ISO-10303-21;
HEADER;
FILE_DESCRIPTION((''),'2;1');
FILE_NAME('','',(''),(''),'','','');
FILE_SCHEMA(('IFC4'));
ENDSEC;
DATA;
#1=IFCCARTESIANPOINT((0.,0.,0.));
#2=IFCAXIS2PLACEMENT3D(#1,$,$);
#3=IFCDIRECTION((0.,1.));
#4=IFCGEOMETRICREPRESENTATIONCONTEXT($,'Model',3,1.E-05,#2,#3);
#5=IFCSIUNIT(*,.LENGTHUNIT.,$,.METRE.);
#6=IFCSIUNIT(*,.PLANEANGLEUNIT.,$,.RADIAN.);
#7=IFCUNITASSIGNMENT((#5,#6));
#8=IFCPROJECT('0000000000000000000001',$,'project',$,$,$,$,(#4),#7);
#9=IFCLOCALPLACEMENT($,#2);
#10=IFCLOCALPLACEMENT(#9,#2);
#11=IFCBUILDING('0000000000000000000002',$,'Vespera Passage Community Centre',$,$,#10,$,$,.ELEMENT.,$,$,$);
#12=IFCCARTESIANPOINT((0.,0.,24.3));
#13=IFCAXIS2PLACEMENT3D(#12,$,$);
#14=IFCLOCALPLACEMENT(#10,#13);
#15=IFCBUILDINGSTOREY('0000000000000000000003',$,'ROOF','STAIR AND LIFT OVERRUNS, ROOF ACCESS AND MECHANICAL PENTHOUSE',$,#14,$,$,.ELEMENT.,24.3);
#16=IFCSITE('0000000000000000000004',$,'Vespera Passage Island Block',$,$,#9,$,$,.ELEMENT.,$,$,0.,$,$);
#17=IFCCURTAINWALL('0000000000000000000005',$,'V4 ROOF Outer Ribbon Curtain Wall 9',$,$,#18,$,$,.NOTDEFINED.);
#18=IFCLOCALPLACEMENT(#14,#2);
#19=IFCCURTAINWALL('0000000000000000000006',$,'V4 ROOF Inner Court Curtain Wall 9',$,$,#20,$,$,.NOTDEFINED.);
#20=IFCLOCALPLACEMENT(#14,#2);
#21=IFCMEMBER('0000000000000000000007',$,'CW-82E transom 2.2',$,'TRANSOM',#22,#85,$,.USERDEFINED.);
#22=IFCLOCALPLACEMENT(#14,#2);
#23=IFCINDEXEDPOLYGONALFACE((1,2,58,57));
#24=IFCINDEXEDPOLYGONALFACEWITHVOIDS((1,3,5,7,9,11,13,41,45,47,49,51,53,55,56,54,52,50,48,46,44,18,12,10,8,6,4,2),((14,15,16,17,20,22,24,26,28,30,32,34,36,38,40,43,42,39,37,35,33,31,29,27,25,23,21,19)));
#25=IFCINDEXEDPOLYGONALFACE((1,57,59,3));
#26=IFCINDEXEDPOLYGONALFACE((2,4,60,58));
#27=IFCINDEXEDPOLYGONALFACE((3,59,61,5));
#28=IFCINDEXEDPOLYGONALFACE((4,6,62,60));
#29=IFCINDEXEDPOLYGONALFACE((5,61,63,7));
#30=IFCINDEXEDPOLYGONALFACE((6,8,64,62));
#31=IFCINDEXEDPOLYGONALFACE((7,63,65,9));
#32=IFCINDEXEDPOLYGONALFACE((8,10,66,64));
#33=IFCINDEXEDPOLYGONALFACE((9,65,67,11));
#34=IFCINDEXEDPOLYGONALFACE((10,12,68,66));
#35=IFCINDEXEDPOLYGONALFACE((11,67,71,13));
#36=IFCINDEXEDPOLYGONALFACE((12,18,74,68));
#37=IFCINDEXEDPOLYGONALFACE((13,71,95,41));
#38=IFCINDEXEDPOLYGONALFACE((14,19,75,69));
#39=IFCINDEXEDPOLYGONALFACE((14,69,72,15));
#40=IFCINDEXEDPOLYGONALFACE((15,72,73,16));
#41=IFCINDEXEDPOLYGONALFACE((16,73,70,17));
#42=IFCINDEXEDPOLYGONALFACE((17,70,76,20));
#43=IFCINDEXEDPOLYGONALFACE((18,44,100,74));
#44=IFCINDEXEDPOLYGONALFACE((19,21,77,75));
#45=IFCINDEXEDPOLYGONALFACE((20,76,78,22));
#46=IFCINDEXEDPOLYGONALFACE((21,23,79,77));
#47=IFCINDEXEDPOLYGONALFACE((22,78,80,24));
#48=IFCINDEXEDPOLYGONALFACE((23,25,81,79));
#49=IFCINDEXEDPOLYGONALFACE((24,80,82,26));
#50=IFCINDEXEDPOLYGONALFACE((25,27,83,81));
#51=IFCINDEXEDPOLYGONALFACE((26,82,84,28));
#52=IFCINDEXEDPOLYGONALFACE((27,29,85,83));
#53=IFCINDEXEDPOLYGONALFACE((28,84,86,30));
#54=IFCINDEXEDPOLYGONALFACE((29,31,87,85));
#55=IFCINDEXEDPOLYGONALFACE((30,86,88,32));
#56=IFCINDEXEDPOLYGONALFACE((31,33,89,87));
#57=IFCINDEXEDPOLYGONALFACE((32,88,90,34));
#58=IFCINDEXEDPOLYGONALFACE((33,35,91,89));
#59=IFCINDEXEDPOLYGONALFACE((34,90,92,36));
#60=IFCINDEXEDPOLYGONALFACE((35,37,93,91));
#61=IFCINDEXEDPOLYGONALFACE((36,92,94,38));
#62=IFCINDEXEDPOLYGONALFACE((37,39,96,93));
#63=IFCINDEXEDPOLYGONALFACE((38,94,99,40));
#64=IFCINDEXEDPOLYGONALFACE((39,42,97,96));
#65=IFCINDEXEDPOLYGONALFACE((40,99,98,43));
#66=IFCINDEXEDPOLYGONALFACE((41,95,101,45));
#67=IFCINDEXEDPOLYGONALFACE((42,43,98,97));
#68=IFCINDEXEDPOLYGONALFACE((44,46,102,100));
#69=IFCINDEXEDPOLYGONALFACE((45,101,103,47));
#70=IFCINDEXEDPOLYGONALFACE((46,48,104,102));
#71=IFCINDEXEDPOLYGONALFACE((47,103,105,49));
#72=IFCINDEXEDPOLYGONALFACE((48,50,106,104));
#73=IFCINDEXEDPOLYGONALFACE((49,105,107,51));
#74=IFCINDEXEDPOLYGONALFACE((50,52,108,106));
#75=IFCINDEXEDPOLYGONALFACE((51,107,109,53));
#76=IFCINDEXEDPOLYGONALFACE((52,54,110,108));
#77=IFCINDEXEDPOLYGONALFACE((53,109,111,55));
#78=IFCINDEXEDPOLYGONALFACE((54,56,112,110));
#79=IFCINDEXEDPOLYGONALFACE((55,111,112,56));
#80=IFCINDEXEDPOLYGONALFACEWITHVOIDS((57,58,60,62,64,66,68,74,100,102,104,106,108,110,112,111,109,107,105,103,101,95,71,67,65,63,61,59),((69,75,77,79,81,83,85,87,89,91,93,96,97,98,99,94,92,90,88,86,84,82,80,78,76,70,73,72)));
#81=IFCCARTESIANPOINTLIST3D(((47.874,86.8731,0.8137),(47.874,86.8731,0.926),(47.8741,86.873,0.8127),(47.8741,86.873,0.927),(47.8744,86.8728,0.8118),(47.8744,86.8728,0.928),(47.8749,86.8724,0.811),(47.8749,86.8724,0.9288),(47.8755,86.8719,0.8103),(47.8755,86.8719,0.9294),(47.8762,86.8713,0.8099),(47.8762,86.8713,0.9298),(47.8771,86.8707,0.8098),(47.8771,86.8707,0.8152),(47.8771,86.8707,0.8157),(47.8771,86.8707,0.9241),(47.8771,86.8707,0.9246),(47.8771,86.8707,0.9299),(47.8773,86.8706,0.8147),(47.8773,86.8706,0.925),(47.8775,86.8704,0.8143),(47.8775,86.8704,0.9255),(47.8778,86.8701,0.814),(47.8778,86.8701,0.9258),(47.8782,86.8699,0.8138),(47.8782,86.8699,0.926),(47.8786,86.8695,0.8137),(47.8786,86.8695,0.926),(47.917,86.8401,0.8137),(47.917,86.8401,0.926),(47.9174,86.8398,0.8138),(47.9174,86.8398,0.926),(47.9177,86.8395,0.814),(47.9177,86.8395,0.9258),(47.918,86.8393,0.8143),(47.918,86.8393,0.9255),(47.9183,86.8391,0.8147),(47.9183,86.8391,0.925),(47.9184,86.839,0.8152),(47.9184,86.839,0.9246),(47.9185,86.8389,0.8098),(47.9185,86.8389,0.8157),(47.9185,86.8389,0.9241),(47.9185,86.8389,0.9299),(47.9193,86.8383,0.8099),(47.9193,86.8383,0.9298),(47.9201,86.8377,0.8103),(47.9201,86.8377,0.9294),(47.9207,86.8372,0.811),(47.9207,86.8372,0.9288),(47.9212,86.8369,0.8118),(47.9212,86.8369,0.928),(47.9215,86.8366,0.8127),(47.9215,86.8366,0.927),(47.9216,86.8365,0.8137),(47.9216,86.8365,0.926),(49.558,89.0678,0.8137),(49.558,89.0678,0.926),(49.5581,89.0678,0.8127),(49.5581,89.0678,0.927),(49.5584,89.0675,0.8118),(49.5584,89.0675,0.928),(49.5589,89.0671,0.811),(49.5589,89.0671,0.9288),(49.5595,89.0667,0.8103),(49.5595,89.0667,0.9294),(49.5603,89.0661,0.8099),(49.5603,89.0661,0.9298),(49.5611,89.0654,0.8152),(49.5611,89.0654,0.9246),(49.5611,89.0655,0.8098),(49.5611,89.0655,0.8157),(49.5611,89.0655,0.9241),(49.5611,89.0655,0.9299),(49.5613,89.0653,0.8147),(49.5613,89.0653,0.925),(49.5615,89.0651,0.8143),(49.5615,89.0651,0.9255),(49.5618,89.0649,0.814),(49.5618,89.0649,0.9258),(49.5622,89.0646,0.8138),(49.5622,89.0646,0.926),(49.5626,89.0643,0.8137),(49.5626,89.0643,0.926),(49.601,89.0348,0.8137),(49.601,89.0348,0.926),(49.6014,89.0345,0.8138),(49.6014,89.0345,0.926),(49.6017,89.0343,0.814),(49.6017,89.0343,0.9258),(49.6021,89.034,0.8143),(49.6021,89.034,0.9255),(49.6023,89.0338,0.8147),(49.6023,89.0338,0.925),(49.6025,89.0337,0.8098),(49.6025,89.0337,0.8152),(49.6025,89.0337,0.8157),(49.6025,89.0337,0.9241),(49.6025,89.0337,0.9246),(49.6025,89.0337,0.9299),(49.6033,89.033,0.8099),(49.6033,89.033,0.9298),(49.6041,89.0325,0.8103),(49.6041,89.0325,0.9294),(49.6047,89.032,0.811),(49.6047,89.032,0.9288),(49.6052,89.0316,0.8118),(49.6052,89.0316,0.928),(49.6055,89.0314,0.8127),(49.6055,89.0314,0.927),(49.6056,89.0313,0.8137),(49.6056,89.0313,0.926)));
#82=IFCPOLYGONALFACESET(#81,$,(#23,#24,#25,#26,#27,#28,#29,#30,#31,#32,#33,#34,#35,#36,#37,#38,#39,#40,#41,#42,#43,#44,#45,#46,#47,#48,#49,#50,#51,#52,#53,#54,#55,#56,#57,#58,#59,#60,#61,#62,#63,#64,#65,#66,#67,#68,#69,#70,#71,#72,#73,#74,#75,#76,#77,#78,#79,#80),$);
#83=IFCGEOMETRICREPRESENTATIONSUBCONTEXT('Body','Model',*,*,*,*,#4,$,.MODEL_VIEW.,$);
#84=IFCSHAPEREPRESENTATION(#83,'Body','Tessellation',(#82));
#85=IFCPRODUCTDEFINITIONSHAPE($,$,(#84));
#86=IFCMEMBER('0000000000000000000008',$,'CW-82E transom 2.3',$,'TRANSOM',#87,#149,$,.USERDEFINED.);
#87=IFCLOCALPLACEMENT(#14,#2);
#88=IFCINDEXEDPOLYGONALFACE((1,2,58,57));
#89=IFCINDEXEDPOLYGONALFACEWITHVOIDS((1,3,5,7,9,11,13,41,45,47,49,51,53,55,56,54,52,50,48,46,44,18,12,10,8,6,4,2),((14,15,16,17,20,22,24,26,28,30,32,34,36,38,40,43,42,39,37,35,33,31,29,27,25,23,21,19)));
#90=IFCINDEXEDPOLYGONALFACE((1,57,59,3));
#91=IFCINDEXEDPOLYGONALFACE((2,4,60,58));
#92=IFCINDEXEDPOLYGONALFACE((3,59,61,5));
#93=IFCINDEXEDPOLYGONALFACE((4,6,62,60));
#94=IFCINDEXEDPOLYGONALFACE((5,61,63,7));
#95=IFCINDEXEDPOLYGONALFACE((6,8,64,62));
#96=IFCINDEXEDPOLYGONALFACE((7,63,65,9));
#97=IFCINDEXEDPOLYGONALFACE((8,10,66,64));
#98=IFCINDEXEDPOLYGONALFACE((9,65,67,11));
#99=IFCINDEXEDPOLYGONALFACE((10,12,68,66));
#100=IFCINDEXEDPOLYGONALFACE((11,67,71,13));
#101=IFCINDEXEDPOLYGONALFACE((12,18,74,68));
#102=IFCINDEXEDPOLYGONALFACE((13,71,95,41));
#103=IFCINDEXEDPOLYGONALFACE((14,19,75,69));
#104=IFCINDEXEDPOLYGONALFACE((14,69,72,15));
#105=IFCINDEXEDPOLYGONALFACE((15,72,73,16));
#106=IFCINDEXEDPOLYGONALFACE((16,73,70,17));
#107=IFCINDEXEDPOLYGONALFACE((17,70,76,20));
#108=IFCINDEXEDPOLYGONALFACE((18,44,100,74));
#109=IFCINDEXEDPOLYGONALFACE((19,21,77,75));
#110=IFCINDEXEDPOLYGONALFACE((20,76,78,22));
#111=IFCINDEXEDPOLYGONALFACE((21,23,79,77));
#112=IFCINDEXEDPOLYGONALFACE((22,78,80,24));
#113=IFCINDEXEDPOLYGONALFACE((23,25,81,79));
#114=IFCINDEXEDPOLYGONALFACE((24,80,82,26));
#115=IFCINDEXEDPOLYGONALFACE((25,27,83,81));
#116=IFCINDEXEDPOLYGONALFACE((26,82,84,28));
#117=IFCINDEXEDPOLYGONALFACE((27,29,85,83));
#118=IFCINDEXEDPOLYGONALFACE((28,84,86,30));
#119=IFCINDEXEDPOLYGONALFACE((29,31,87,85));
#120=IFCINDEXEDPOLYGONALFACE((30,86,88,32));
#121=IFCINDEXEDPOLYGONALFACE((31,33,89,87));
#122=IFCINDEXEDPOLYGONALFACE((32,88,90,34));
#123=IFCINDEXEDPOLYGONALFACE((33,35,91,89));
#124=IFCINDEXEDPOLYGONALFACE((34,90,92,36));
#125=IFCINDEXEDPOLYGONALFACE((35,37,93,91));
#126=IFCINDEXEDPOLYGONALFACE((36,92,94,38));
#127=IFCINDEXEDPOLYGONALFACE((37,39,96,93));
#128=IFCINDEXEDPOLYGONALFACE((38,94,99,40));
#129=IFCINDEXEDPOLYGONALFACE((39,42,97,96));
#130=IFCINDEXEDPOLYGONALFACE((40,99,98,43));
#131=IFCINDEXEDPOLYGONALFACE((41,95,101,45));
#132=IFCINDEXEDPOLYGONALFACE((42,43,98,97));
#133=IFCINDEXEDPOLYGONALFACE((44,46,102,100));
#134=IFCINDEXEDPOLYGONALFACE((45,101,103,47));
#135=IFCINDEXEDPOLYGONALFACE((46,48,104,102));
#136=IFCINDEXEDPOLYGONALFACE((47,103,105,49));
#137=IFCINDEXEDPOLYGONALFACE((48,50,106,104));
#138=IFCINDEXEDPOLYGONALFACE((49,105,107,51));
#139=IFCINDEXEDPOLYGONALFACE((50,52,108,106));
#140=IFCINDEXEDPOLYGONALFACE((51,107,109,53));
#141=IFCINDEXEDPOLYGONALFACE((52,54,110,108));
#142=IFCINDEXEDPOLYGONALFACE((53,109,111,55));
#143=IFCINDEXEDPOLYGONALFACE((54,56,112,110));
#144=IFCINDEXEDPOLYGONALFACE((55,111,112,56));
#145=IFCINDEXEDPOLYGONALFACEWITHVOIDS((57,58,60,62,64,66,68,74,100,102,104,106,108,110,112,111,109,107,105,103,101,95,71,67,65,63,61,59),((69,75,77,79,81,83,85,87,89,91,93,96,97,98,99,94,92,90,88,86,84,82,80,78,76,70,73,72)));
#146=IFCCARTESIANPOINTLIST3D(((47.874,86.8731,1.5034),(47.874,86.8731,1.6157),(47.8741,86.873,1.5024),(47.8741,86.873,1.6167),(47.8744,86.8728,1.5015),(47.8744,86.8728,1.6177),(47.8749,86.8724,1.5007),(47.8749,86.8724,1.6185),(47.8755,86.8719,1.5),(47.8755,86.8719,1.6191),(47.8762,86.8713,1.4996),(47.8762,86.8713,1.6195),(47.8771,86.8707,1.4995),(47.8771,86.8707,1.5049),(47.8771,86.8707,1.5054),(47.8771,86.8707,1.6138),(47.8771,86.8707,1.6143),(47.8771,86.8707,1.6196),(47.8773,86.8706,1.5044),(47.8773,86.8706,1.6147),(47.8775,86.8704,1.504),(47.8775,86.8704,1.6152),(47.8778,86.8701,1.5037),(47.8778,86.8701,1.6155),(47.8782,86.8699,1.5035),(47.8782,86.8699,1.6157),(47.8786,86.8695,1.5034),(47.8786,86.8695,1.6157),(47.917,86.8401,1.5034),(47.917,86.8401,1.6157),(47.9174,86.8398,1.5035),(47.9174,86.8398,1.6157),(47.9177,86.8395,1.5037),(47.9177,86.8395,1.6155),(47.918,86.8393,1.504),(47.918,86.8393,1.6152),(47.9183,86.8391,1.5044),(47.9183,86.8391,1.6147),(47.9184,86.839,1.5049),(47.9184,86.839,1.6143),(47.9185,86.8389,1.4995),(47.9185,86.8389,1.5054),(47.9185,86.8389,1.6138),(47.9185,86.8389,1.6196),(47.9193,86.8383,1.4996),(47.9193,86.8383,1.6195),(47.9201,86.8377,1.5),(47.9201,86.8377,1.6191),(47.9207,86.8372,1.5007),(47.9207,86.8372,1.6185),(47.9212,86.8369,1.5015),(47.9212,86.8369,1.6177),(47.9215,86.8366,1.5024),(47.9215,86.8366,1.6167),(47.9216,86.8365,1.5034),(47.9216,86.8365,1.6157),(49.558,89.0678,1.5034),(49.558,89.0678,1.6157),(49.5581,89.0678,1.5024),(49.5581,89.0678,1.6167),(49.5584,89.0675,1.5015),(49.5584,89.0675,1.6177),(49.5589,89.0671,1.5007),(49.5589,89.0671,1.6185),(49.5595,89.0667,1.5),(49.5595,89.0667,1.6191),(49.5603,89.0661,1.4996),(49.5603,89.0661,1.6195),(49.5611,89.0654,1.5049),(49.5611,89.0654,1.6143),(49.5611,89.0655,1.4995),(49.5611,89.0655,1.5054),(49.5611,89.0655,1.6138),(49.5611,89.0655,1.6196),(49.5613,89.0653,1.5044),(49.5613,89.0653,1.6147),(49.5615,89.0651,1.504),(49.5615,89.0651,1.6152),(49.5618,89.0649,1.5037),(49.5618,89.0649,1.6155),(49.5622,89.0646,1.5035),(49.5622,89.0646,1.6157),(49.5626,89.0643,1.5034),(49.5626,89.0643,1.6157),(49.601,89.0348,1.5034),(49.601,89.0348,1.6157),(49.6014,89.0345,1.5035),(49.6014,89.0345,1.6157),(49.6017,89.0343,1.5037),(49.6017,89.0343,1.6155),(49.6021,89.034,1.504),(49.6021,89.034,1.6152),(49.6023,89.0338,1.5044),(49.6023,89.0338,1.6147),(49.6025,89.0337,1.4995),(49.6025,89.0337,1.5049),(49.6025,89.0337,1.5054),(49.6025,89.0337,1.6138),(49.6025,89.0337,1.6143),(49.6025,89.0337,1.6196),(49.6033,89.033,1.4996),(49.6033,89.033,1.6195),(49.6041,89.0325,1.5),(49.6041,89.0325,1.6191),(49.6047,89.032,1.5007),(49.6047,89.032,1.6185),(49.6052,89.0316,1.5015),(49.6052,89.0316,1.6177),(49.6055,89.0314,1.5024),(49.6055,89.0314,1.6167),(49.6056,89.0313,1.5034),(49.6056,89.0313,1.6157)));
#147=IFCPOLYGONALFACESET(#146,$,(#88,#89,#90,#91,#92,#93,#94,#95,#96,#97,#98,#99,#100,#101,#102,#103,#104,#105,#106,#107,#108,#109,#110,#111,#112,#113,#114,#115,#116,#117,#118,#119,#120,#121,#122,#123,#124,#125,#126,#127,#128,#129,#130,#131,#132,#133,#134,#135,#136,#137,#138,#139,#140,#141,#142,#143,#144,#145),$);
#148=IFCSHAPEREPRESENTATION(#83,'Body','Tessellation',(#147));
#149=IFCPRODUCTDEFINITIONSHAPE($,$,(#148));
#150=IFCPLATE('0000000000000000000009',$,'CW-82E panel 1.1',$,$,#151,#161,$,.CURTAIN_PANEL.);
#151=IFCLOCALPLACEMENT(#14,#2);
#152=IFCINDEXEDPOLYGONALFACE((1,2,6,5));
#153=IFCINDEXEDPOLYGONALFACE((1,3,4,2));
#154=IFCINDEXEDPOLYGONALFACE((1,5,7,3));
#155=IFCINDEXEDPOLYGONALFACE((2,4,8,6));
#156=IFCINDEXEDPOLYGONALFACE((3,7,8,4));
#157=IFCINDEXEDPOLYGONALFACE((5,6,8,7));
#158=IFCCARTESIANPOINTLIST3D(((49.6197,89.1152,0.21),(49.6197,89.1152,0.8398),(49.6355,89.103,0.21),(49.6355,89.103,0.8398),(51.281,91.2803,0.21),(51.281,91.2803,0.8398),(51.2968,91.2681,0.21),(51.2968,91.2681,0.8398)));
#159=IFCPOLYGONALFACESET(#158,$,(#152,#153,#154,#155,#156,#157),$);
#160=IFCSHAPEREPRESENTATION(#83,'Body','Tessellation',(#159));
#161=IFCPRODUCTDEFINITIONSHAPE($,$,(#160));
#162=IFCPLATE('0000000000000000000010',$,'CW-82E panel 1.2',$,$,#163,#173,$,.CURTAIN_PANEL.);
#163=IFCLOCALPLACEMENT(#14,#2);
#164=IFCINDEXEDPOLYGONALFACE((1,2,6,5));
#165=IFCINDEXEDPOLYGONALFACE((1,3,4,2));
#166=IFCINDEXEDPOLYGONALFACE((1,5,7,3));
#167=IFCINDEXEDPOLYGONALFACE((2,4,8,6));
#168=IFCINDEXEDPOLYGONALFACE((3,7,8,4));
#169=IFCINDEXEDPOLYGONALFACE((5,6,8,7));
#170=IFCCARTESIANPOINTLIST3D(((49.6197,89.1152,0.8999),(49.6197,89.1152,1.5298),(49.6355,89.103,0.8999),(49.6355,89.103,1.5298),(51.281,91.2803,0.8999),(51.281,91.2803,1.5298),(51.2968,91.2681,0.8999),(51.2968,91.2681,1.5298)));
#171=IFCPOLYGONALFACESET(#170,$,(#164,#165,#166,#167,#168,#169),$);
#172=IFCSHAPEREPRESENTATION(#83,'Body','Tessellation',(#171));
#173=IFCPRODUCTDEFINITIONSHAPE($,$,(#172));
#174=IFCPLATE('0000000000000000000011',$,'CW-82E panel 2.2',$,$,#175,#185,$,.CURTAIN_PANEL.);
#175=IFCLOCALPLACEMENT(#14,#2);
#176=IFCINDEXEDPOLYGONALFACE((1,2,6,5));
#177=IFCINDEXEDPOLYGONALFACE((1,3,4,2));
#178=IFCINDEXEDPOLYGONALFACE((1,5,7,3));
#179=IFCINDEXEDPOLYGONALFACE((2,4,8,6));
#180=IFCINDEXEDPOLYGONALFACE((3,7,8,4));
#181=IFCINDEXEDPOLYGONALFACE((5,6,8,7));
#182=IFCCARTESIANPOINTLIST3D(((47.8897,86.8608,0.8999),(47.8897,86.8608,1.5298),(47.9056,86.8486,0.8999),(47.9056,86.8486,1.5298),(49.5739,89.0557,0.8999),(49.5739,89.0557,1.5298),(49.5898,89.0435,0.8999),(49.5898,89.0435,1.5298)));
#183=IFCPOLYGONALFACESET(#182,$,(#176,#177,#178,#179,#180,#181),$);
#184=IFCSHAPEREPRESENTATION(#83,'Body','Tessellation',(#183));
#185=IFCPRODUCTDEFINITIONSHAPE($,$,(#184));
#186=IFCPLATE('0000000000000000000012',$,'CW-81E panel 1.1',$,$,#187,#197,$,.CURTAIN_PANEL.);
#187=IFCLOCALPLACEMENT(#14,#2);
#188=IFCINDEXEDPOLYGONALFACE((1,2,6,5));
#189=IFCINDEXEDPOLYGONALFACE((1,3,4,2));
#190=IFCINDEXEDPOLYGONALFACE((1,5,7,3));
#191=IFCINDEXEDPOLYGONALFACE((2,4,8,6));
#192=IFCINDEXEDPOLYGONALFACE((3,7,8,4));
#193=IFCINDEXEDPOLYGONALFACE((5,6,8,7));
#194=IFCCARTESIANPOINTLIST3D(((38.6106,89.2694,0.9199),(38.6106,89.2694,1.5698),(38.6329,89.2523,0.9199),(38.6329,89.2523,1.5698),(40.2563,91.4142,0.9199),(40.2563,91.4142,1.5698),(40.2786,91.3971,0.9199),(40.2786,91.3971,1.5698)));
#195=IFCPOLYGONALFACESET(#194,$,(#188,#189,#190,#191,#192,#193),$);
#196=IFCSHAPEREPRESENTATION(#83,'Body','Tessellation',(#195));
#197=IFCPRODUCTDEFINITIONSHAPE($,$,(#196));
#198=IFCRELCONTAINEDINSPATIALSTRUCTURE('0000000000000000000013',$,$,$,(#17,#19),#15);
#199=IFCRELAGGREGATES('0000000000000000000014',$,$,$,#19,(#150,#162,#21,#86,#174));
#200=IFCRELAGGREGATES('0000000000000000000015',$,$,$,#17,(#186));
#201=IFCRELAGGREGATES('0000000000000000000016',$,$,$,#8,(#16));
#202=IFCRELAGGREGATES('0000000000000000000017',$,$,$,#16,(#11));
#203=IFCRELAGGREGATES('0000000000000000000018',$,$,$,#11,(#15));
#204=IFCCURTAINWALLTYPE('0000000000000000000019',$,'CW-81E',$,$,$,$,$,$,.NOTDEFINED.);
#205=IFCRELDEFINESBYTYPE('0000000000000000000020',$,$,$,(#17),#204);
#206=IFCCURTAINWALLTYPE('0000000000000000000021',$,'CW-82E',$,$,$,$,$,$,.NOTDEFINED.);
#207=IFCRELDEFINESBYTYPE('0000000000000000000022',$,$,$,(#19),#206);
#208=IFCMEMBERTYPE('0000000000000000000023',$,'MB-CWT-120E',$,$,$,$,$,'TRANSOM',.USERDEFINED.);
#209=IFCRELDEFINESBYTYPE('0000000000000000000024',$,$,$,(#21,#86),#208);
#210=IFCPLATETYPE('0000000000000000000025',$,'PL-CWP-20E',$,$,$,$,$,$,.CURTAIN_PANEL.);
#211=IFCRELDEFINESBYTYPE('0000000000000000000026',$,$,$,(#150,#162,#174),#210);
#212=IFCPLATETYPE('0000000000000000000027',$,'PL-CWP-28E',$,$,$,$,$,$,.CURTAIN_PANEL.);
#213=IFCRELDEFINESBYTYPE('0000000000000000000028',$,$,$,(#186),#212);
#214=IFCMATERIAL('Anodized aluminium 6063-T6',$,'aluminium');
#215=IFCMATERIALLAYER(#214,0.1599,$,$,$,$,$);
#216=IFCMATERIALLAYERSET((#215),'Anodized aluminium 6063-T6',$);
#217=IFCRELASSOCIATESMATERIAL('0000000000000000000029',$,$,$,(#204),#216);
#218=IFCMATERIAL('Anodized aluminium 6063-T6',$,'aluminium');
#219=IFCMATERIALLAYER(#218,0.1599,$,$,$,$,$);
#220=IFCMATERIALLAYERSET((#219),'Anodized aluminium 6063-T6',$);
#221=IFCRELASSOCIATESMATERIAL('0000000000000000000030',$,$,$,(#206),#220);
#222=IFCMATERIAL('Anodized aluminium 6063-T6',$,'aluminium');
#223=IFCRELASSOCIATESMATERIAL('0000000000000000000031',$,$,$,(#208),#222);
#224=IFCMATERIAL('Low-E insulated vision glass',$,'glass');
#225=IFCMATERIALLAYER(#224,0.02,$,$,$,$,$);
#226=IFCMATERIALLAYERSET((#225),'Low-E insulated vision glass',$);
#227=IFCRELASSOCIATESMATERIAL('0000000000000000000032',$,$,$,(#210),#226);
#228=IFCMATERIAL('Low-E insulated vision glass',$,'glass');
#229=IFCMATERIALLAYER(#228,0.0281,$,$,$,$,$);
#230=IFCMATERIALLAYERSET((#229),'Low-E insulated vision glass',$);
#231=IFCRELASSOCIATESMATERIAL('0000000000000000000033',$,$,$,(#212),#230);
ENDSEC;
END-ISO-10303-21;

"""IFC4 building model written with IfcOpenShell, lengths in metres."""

from ifc_helpers import new_model, si_unit, direction, frame, origin, origin_2d, place, context, subcontext, project, spatial, rectangle, hollow_rectangle, extrude, material, layer, layer_set, material_profile, profile_set, type_object, element, aggregate, save


model = new_model("IFC4")

# Units and contexts
model_context = context("Model", 3, precision=1e-05, world=origin(), true_north=direction((0.0, 1.0)))
body_context = subcontext(model_context, "Body", "Model", "MODEL_VIEW")
ifc_project = project(units=[si_unit("LENGTHUNIT", "METRE"), si_unit("PLANEANGLEUNIT", "RADIAN")], contexts=[model_context])

# Site, building, storey
site_placement = place(None, origin())
site = spatial("IfcSite", under=ifc_project, at=site_placement, Name="Vespera Passage Island Block", CompositionType="ELEMENT", RefElevation=0.0)
building_placement = place(site_placement, origin())
building = spatial("IfcBuilding", under=site, at=building_placement, Name="Vespera Passage Community Centre", CompositionType="ELEMENT")
storey_placement = place(building_placement, frame((0.0, 0.0, 24.3)))
storey = spatial("IfcBuildingStorey", under=building, at=storey_placement, Name="ROOF", Description="STAIR AND LIFT OVERRUNS, ROOF ACCESS AND MECHANICAL PENTHOUSE", CompositionType="ELEMENT", Elevation=24.3)

# Curtain walls
ifc_material_1 = material(Name="Anodized aluminium 6063-T6", Category="aluminium")
ifc_layer_1 = layer(ifc_material_1, 0.1599)
ifc_layer_set_1 = layer_set([ifc_layer_1], Name="Anodized aluminium 6063-T6")
curtain_wall_type_1 = type_object("IfcCurtainWallType", Name="CW-81E", PredefinedType="NOTDEFINED", material=ifc_layer_set_1)
curtain_wall_1_placement = place(storey_placement, origin())
curtain_wall_1 = element("IfcCurtainWall", 1, at=curtain_wall_1_placement, inside=storey, type_object=curtain_wall_type_1, Name="V4 ROOF Outer Ribbon Curtain Wall 9", PredefinedType="NOTDEFINED")
ifc_material_2 = material(Name="Anodized aluminium 6063-T6", Category="aluminium")
ifc_layer_2 = layer(ifc_material_2, 0.1599)
ifc_layer_set_2 = layer_set([ifc_layer_2], Name="Anodized aluminium 6063-T6")
curtain_wall_type_2 = type_object("IfcCurtainWallType", Name="CW-82E", PredefinedType="NOTDEFINED", material=ifc_layer_set_2)
curtain_wall_2_placement = place(storey_placement, origin())
curtain_wall_2 = element("IfcCurtainWall", 2, at=curtain_wall_2_placement, inside=storey, type_object=curtain_wall_type_2, Name="V4 ROOF Inner Court Curtain Wall 9", PredefinedType="NOTDEFINED")

# Members
ifc_material_3 = material(Name="Anodized aluminium 6063-T6", Category="aluminium")
ifc_material_profile_1 = material_profile(ifc_material_3, hollow_rectangle(XDim=0.0601, YDim=0.1201, WallThickness=0.0039, InnerFilletRadius=0.002, OuterFilletRadius=0.0039, at=origin_2d()), Name="ALU120X60X4")
ifc_profile_set_1 = profile_set([ifc_material_profile_1], Name="Anodized aluminium 6063-T6")
member_type_1 = type_object("IfcMemberType", Name="MB-CWT-120E", ElementType="TRANSOM", PredefinedType="USERDEFINED", material=ifc_profile_set_1)
member_1_placement = place(storey_placement, frame((49.5818, 89.0496, 0.8699), z_axis=(-0.608746, -0.793365, 0.0), x_axis=(0.793365, -0.608746, 0.0)))
member_1 = element("IfcMember", 3, at=member_1_placement, type_object=member_type_1, Name="CW-82E transom 2.2", ObjectType="TRANSOM", PredefinedType="USERDEFINED", context=body_context, shape_type="SweptSolid", body=[
    extrude(hollow_rectangle(XDim=0.0601, YDim=0.1201, WallThickness=0.0039, InnerFilletRadius=0.002, OuterFilletRadius=0.0039, at=origin_2d()), origin(), (0.0, 0.0, 1.0), 2.7664),
])
member_2_placement = place(storey_placement, frame((49.5818, 89.0496, 1.5596), z_axis=(-0.608746, -0.793365, 0.0), x_axis=(0.793365, -0.608746, 0.0)))
member_2 = element("IfcMember", 4, at=member_2_placement, type_object=member_type_1, Name="CW-82E transom 2.3", ObjectType="TRANSOM", PredefinedType="USERDEFINED", context=body_context, shape_type="SweptSolid", body=[
    extrude(hollow_rectangle(XDim=0.0601, YDim=0.1201, WallThickness=0.0039, InnerFilletRadius=0.002, OuterFilletRadius=0.0039, at=origin_2d()), origin(), (0.0, 0.0, 1.0), 2.7664),
])

# Plates
ifc_material_4 = material(Name="Low-E insulated vision glass", Category="glass")
ifc_layer_3 = layer(ifc_material_4, 0.02)
ifc_layer_set_3 = layer_set([ifc_layer_3], Name="Low-E insulated vision glass")
plate_type_1 = type_object("IfcPlateType", Name="PL-CWP-20E", PredefinedType="CURTAIN_PANEL", material=ifc_layer_set_3)
plate_1_placement = place(storey_placement, frame((50.4583, 90.1917, 0.21), z_axis=(0.0, 0.0, 1.0), x_axis=(-0.608755, -0.793358, 0.0)))
plate_1 = element("IfcPlate", 5, at=plate_1_placement, type_object=plate_type_1, Name="CW-82E panel 1.1", PredefinedType="CURTAIN_PANEL", context=body_context, shape_type="SweptSolid", body=[
    extrude(rectangle(XDim=2.729, YDim=0.02, at=origin_2d()), origin(), (0.0, 0.0, 1.0), 0.6299),
])
plate_2_placement = place(storey_placement, frame((50.4583, 90.1917, 0.8999), z_axis=(0.0, 0.0, 1.0), x_axis=(-0.608755, -0.793358, 0.0)))
plate_2 = element("IfcPlate", 6, at=plate_2_placement, type_object=plate_type_1, Name="CW-82E panel 1.2", PredefinedType="CURTAIN_PANEL", context=body_context, shape_type="SweptSolid", body=[
    extrude(rectangle(XDim=2.729, YDim=0.02, at=origin_2d()), origin(), (0.0, 0.0, 1.0), 0.6299),
])
plate_3_placement = place(storey_placement, frame((48.7397, 87.9521, 0.8999), z_axis=(0.0, 0.0, 1.0), x_axis=(-0.608755, -0.793358, 0.0)))
plate_3 = element("IfcPlate", 7, at=plate_3_placement, type_object=plate_type_1, Name="CW-82E panel 2.2", PredefinedType="CURTAIN_PANEL", context=body_context, shape_type="SweptSolid", body=[
    extrude(rectangle(XDim=2.7666, YDim=0.02, at=origin_2d()), origin(), (0.0, 0.0, 1.0), 0.6299),
])
aggregate(curtain_wall_2, [plate_1, plate_2, member_1, member_2, plate_3])
ifc_material_5 = material(Name="Low-E insulated vision glass", Category="glass")
ifc_layer_4 = layer(ifc_material_5, 0.0281)
ifc_layer_set_4 = layer_set([ifc_layer_4], Name="Low-E insulated vision glass")
plate_type_2 = type_object("IfcPlateType", Name="PL-CWP-28E", PredefinedType="CURTAIN_PANEL", material=ifc_layer_set_4)
plate_4_placement = place(storey_placement, frame((39.4446, 90.3333, 0.9199), z_axis=(0.0, 0.0, 1.0), x_axis=(0.608765, 0.79335, 0.0)))
plate_4 = element("IfcPlate", 8, at=plate_4_placement, type_object=plate_type_2, Name="CW-81E panel 1.1", PredefinedType="CURTAIN_PANEL", context=body_context, shape_type="SweptSolid", body=[
    extrude(rectangle(XDim=2.7034, YDim=0.0281, at=origin_2d()), origin(), (0.0, 0.0, 1.0), 0.6499),
])
aggregate(curtain_wall_1, [plate_4])

save(model, "model.ifc")
